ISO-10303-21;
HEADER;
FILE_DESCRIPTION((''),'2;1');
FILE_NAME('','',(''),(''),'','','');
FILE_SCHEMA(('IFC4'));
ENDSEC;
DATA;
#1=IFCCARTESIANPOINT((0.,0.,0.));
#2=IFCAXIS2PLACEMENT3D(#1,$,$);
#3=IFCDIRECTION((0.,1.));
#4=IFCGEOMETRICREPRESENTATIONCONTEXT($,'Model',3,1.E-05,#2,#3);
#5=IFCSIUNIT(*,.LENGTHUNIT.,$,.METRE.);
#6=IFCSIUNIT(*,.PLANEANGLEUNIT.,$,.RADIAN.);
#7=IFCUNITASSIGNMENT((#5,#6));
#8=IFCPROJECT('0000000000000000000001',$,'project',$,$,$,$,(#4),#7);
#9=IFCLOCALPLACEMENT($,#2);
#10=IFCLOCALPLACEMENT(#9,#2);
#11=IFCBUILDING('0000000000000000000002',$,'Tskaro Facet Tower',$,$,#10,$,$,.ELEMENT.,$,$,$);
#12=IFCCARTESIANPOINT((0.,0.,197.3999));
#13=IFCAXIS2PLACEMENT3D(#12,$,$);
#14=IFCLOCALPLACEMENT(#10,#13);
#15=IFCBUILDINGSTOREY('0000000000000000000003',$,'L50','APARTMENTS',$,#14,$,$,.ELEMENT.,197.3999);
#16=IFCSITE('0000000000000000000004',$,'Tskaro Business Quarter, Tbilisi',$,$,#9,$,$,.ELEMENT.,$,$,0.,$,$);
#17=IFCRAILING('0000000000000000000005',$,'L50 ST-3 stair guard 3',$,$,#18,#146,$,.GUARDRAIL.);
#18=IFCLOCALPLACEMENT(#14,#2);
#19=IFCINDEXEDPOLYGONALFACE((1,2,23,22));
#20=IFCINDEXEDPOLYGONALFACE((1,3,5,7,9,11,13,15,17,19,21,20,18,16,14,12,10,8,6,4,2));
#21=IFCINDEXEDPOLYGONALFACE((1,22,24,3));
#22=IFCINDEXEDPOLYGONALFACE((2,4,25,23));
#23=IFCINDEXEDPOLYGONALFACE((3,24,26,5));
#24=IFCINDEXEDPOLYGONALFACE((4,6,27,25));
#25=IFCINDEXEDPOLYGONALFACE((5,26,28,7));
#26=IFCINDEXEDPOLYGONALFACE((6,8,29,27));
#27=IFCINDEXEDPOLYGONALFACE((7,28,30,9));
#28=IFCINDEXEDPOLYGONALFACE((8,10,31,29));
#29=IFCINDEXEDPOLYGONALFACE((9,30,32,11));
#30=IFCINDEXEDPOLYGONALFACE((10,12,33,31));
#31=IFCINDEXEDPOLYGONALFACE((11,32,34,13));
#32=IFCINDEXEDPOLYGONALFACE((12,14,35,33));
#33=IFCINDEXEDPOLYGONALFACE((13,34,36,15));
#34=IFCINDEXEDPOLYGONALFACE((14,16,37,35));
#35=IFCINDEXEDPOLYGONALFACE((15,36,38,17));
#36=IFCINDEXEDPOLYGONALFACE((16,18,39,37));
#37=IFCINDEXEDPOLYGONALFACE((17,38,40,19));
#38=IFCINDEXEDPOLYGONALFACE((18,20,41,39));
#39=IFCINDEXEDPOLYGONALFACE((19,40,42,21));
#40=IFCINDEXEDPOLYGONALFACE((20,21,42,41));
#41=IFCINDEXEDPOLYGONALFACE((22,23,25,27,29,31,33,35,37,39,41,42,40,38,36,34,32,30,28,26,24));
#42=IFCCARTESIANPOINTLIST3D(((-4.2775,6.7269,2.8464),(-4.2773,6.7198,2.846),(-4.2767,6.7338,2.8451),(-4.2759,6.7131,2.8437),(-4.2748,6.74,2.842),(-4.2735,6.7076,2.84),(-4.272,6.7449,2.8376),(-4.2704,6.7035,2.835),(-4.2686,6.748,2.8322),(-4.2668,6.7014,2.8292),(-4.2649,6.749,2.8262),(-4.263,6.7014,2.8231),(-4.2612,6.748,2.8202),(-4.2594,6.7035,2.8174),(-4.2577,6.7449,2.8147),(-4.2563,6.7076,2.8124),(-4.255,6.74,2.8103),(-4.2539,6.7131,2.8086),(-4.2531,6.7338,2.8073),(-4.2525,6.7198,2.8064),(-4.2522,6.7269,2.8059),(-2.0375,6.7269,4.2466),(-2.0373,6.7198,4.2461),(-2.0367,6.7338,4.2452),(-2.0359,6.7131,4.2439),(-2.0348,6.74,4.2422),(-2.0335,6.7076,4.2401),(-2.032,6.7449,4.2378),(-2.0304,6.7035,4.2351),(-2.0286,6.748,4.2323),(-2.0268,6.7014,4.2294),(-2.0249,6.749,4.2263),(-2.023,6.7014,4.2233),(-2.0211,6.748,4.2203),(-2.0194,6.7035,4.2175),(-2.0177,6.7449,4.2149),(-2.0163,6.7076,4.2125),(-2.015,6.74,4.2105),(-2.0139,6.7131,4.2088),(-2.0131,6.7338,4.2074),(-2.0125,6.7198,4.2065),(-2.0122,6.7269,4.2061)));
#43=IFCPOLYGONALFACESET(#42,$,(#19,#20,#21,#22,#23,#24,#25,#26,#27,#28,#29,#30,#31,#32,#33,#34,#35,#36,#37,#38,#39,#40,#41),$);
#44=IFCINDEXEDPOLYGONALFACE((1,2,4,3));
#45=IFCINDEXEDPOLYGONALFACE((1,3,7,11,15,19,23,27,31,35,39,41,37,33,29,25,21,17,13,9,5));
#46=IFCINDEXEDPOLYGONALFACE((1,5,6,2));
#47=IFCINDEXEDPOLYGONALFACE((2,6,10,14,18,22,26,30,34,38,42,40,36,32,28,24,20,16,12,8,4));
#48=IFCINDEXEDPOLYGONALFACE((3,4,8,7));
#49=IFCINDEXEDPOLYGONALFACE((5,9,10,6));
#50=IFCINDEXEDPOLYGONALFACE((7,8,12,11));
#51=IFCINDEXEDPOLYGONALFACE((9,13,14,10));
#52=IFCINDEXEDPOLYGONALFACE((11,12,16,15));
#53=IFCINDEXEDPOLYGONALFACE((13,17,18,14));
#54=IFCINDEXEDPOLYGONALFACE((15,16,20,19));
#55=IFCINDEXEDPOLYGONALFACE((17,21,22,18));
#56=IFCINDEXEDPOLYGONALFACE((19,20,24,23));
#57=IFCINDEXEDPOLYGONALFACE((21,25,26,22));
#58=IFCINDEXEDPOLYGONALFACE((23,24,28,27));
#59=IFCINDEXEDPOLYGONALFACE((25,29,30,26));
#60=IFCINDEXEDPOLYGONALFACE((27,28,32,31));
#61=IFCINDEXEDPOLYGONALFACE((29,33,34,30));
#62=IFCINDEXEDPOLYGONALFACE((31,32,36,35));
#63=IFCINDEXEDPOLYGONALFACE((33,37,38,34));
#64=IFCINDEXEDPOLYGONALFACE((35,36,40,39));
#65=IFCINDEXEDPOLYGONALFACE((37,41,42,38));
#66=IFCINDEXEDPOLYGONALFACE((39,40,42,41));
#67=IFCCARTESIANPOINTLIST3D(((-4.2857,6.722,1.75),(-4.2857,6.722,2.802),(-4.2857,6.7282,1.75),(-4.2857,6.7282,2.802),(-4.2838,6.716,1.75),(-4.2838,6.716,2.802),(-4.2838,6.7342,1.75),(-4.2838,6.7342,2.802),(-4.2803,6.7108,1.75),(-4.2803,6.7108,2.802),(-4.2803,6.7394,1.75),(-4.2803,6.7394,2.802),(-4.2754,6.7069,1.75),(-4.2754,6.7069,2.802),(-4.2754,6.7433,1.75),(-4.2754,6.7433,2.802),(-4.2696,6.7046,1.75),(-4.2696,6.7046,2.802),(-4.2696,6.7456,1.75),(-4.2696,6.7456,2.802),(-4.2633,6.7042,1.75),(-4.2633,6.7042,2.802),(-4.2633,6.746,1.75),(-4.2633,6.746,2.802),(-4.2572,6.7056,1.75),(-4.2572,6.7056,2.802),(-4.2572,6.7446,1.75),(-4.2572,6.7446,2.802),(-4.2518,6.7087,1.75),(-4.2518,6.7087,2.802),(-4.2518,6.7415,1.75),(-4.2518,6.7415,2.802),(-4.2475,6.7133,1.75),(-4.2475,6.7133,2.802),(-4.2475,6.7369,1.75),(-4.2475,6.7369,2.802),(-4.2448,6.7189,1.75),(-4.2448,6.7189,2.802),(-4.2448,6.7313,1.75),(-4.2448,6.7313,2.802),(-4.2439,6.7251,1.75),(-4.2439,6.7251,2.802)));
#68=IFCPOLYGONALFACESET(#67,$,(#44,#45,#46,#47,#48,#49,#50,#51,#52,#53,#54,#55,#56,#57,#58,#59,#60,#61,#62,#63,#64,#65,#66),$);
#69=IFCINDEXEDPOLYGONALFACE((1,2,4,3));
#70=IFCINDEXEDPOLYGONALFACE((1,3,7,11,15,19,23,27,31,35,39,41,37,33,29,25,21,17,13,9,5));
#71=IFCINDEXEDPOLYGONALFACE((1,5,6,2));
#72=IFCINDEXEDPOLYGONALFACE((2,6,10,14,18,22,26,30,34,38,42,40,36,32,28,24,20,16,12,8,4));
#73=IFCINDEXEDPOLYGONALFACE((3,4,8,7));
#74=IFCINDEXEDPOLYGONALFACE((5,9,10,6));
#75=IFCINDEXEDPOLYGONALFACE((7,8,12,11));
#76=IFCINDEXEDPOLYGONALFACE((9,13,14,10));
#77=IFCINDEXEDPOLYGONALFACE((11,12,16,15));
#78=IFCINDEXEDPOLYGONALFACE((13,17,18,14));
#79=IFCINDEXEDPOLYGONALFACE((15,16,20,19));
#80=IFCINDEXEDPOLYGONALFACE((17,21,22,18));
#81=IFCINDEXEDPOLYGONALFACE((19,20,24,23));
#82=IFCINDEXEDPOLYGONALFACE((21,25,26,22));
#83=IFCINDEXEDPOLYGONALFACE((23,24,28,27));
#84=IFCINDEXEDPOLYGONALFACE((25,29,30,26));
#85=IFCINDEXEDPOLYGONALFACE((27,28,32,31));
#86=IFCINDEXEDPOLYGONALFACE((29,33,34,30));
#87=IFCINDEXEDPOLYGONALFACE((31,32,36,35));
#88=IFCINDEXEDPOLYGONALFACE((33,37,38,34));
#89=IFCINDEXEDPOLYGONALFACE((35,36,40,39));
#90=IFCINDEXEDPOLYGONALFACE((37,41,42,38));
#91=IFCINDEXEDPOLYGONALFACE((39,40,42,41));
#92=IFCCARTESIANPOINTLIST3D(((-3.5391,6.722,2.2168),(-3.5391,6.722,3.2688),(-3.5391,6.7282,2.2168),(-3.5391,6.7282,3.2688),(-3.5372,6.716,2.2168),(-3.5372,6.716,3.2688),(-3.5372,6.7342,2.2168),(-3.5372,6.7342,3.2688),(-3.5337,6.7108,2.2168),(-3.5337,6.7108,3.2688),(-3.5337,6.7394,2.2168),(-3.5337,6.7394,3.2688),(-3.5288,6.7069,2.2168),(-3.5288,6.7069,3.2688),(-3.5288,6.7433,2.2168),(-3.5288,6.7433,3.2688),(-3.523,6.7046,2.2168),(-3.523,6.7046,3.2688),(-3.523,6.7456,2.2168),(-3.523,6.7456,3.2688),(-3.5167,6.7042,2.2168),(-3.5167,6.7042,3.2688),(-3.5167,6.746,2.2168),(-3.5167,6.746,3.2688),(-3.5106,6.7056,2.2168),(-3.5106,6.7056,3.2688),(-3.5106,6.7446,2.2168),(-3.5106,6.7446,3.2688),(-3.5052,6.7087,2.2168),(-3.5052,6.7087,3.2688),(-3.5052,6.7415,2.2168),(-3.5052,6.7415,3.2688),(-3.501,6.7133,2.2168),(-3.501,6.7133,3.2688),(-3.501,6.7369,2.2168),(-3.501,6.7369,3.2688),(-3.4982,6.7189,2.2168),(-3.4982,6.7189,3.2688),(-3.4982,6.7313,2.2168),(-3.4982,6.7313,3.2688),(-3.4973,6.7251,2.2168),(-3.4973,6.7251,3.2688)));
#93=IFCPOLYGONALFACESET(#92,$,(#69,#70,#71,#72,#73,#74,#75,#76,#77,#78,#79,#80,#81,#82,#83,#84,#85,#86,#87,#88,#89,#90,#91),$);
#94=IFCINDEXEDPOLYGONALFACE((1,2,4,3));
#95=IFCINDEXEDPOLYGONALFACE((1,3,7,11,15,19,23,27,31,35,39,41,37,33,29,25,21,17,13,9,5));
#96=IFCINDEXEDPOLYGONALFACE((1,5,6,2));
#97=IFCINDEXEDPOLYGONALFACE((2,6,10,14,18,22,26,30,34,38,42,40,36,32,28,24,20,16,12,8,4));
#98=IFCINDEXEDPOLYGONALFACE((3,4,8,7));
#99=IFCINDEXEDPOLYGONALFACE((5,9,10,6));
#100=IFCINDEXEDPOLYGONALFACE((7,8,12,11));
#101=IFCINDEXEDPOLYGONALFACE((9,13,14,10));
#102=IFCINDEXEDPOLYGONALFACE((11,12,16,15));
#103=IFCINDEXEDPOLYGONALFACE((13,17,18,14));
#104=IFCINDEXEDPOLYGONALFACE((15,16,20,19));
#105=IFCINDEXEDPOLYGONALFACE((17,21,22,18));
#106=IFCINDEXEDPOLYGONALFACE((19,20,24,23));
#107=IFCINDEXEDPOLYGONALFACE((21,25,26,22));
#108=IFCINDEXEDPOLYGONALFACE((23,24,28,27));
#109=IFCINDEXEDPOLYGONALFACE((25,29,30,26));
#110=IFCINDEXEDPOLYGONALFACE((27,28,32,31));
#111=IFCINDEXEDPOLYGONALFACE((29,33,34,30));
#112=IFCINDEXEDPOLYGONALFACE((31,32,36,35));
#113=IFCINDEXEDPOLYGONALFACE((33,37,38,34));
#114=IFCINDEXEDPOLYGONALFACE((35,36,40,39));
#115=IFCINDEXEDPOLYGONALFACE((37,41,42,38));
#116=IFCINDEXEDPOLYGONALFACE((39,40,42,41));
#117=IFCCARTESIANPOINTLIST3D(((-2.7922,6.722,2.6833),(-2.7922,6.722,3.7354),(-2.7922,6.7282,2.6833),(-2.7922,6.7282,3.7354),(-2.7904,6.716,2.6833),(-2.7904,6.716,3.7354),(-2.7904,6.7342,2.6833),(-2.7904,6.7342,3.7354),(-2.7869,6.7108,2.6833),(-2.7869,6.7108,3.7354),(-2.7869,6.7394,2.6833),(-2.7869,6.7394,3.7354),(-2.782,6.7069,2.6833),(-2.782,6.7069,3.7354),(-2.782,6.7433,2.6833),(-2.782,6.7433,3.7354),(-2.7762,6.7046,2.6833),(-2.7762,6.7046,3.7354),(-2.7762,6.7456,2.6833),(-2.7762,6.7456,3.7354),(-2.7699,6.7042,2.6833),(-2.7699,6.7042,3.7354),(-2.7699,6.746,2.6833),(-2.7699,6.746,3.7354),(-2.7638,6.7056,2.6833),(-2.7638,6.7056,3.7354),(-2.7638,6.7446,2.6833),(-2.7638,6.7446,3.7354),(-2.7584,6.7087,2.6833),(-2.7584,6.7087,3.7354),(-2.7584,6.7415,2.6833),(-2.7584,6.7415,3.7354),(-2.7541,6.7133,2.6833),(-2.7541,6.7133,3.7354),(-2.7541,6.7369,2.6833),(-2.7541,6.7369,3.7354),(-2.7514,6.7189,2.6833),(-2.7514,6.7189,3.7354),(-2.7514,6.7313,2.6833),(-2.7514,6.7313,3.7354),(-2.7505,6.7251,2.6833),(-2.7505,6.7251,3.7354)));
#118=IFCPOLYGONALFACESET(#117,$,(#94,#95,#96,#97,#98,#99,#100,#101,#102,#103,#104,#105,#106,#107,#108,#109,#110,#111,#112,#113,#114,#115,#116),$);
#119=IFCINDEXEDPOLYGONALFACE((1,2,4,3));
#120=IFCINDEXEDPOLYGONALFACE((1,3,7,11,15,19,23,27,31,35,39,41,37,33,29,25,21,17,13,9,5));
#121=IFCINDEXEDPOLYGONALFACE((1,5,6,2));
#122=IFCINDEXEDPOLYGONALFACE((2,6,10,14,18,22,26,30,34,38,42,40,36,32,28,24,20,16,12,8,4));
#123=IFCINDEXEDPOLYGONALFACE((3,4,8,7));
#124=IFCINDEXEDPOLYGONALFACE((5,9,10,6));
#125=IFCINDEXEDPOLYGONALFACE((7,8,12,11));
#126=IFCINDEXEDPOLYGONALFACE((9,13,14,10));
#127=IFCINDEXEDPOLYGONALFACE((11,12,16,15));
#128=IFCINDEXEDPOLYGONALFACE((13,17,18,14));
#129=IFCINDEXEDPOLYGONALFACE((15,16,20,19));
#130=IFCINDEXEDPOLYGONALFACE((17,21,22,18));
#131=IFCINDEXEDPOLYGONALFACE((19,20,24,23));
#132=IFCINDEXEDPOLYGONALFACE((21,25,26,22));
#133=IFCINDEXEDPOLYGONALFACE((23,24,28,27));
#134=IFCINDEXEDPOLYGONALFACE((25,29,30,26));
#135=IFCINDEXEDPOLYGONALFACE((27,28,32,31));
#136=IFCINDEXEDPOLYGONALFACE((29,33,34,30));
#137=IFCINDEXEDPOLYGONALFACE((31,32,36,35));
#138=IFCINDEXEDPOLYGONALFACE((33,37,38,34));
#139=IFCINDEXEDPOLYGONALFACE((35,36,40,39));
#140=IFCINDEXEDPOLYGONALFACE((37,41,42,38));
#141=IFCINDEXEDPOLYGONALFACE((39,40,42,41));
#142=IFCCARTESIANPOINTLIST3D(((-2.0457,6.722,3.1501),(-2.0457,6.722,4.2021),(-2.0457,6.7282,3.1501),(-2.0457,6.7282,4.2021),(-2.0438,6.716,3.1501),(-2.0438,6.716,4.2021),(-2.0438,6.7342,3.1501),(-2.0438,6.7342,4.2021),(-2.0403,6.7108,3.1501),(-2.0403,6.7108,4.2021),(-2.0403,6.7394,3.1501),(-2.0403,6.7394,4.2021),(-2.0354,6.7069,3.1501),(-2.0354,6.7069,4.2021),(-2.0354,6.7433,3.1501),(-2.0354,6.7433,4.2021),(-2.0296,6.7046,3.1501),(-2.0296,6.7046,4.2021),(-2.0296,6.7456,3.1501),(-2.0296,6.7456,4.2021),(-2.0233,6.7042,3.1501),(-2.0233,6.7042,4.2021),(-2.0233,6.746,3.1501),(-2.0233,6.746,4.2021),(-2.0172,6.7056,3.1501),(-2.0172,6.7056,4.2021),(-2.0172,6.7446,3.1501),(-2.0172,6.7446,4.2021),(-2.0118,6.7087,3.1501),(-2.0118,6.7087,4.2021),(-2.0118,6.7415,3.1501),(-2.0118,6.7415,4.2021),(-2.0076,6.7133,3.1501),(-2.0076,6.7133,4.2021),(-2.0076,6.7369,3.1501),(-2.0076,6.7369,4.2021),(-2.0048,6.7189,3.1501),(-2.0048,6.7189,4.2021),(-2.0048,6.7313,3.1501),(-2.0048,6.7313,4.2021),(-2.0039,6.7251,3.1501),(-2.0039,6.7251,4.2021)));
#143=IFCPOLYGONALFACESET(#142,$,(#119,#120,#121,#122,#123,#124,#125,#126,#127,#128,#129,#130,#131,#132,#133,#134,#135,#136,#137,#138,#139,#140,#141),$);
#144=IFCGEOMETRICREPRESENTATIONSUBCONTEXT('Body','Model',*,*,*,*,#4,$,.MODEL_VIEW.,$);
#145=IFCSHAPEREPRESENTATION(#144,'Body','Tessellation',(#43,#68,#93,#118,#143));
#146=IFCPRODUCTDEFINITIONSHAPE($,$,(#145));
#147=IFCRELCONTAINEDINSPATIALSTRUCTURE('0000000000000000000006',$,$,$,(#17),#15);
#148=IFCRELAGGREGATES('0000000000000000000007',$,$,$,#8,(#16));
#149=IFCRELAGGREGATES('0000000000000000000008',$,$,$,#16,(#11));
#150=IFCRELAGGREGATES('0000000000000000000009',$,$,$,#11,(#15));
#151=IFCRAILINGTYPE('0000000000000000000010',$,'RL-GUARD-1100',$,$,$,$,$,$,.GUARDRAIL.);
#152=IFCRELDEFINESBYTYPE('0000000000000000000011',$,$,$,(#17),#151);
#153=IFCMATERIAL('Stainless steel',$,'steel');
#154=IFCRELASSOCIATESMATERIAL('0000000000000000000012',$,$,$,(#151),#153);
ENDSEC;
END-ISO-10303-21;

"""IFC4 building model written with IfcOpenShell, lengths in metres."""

from ifc_helpers import new_model, si_unit, direction, frame, origin, origin_2d, place, context, subcontext, project, spatial, circle, extrude, material, type_object, element, save


model = new_model("IFC4")

# Units and contexts
model_context = context("Model", 3, precision=1e-05, world=origin(), true_north=direction((0.0, 1.0)))
body_context = subcontext(model_context, "Body", "Model", "MODEL_VIEW")
ifc_project = project(units=[si_unit("LENGTHUNIT", "METRE"), si_unit("PLANEANGLEUNIT", "RADIAN")], contexts=[model_context])

# Site, building, storey
site_placement = place(None, origin())
site = spatial("IfcSite", under=ifc_project, at=site_placement, Name="Tskaro Business Quarter, Tbilisi", CompositionType="ELEMENT", RefElevation=0.0)
building_placement = place(site_placement, origin())
building = spatial("IfcBuilding", under=site, at=building_placement, Name="Tskaro Facet Tower", CompositionType="ELEMENT")
storey_placement = place(building_placement, frame((0.0, 0.0, 197.3999)))
storey = spatial("IfcBuildingStorey", under=building, at=storey_placement, Name="L50", Description="APARTMENTS", CompositionType="ELEMENT", Elevation=197.3999)

# Railing
ifc_material_1 = material(Name="Stainless steel", Category="steel")
railing_type_1 = type_object("IfcRailingType", Name="RL-GUARD-1100", PredefinedType="GUARDRAIL", material=ifc_material_1)
railing_1_placement = place(storey_placement, frame((-4.2649, 6.7251, 1.75)))
element("IfcRailing", 1, at=railing_1_placement, inside=storey, type_object=railing_type_1, Name="L50 ST-3 stair guard 3", PredefinedType="GUARDRAIL", context=body_context, shape_type="SweptSolid", body=[
    extrude(circle(Radius=0.0239, at=origin_2d()), frame((0.0, 0.0, 1.0762), z_axis=(0.847972, 0.0, 0.53004), x_axis=(0.0, 1.0, 0.0)), (0.0, 0.0, 1.0), 2.6416),
    extrude(circle(Radius=0.021, at=origin_2d()), origin(), (0.0, 0.0, 1.0), 1.052),
    extrude(circle(Radius=0.021, at=origin_2d()), frame((0.7466, 0.0, 0.4668)), (0.0, 0.0, 1.0), 1.052),
    extrude(circle(Radius=0.021, at=origin_2d()), frame((1.4934, 0.0, 0.9333)), (0.0, 0.0, 1.0), 1.052),
    extrude(circle(Radius=0.021, at=origin_2d()), frame((2.24, 0.0, 1.4001)), (0.0, 0.0, 1.0), 1.052),
])

save(model, "model.ifc")
